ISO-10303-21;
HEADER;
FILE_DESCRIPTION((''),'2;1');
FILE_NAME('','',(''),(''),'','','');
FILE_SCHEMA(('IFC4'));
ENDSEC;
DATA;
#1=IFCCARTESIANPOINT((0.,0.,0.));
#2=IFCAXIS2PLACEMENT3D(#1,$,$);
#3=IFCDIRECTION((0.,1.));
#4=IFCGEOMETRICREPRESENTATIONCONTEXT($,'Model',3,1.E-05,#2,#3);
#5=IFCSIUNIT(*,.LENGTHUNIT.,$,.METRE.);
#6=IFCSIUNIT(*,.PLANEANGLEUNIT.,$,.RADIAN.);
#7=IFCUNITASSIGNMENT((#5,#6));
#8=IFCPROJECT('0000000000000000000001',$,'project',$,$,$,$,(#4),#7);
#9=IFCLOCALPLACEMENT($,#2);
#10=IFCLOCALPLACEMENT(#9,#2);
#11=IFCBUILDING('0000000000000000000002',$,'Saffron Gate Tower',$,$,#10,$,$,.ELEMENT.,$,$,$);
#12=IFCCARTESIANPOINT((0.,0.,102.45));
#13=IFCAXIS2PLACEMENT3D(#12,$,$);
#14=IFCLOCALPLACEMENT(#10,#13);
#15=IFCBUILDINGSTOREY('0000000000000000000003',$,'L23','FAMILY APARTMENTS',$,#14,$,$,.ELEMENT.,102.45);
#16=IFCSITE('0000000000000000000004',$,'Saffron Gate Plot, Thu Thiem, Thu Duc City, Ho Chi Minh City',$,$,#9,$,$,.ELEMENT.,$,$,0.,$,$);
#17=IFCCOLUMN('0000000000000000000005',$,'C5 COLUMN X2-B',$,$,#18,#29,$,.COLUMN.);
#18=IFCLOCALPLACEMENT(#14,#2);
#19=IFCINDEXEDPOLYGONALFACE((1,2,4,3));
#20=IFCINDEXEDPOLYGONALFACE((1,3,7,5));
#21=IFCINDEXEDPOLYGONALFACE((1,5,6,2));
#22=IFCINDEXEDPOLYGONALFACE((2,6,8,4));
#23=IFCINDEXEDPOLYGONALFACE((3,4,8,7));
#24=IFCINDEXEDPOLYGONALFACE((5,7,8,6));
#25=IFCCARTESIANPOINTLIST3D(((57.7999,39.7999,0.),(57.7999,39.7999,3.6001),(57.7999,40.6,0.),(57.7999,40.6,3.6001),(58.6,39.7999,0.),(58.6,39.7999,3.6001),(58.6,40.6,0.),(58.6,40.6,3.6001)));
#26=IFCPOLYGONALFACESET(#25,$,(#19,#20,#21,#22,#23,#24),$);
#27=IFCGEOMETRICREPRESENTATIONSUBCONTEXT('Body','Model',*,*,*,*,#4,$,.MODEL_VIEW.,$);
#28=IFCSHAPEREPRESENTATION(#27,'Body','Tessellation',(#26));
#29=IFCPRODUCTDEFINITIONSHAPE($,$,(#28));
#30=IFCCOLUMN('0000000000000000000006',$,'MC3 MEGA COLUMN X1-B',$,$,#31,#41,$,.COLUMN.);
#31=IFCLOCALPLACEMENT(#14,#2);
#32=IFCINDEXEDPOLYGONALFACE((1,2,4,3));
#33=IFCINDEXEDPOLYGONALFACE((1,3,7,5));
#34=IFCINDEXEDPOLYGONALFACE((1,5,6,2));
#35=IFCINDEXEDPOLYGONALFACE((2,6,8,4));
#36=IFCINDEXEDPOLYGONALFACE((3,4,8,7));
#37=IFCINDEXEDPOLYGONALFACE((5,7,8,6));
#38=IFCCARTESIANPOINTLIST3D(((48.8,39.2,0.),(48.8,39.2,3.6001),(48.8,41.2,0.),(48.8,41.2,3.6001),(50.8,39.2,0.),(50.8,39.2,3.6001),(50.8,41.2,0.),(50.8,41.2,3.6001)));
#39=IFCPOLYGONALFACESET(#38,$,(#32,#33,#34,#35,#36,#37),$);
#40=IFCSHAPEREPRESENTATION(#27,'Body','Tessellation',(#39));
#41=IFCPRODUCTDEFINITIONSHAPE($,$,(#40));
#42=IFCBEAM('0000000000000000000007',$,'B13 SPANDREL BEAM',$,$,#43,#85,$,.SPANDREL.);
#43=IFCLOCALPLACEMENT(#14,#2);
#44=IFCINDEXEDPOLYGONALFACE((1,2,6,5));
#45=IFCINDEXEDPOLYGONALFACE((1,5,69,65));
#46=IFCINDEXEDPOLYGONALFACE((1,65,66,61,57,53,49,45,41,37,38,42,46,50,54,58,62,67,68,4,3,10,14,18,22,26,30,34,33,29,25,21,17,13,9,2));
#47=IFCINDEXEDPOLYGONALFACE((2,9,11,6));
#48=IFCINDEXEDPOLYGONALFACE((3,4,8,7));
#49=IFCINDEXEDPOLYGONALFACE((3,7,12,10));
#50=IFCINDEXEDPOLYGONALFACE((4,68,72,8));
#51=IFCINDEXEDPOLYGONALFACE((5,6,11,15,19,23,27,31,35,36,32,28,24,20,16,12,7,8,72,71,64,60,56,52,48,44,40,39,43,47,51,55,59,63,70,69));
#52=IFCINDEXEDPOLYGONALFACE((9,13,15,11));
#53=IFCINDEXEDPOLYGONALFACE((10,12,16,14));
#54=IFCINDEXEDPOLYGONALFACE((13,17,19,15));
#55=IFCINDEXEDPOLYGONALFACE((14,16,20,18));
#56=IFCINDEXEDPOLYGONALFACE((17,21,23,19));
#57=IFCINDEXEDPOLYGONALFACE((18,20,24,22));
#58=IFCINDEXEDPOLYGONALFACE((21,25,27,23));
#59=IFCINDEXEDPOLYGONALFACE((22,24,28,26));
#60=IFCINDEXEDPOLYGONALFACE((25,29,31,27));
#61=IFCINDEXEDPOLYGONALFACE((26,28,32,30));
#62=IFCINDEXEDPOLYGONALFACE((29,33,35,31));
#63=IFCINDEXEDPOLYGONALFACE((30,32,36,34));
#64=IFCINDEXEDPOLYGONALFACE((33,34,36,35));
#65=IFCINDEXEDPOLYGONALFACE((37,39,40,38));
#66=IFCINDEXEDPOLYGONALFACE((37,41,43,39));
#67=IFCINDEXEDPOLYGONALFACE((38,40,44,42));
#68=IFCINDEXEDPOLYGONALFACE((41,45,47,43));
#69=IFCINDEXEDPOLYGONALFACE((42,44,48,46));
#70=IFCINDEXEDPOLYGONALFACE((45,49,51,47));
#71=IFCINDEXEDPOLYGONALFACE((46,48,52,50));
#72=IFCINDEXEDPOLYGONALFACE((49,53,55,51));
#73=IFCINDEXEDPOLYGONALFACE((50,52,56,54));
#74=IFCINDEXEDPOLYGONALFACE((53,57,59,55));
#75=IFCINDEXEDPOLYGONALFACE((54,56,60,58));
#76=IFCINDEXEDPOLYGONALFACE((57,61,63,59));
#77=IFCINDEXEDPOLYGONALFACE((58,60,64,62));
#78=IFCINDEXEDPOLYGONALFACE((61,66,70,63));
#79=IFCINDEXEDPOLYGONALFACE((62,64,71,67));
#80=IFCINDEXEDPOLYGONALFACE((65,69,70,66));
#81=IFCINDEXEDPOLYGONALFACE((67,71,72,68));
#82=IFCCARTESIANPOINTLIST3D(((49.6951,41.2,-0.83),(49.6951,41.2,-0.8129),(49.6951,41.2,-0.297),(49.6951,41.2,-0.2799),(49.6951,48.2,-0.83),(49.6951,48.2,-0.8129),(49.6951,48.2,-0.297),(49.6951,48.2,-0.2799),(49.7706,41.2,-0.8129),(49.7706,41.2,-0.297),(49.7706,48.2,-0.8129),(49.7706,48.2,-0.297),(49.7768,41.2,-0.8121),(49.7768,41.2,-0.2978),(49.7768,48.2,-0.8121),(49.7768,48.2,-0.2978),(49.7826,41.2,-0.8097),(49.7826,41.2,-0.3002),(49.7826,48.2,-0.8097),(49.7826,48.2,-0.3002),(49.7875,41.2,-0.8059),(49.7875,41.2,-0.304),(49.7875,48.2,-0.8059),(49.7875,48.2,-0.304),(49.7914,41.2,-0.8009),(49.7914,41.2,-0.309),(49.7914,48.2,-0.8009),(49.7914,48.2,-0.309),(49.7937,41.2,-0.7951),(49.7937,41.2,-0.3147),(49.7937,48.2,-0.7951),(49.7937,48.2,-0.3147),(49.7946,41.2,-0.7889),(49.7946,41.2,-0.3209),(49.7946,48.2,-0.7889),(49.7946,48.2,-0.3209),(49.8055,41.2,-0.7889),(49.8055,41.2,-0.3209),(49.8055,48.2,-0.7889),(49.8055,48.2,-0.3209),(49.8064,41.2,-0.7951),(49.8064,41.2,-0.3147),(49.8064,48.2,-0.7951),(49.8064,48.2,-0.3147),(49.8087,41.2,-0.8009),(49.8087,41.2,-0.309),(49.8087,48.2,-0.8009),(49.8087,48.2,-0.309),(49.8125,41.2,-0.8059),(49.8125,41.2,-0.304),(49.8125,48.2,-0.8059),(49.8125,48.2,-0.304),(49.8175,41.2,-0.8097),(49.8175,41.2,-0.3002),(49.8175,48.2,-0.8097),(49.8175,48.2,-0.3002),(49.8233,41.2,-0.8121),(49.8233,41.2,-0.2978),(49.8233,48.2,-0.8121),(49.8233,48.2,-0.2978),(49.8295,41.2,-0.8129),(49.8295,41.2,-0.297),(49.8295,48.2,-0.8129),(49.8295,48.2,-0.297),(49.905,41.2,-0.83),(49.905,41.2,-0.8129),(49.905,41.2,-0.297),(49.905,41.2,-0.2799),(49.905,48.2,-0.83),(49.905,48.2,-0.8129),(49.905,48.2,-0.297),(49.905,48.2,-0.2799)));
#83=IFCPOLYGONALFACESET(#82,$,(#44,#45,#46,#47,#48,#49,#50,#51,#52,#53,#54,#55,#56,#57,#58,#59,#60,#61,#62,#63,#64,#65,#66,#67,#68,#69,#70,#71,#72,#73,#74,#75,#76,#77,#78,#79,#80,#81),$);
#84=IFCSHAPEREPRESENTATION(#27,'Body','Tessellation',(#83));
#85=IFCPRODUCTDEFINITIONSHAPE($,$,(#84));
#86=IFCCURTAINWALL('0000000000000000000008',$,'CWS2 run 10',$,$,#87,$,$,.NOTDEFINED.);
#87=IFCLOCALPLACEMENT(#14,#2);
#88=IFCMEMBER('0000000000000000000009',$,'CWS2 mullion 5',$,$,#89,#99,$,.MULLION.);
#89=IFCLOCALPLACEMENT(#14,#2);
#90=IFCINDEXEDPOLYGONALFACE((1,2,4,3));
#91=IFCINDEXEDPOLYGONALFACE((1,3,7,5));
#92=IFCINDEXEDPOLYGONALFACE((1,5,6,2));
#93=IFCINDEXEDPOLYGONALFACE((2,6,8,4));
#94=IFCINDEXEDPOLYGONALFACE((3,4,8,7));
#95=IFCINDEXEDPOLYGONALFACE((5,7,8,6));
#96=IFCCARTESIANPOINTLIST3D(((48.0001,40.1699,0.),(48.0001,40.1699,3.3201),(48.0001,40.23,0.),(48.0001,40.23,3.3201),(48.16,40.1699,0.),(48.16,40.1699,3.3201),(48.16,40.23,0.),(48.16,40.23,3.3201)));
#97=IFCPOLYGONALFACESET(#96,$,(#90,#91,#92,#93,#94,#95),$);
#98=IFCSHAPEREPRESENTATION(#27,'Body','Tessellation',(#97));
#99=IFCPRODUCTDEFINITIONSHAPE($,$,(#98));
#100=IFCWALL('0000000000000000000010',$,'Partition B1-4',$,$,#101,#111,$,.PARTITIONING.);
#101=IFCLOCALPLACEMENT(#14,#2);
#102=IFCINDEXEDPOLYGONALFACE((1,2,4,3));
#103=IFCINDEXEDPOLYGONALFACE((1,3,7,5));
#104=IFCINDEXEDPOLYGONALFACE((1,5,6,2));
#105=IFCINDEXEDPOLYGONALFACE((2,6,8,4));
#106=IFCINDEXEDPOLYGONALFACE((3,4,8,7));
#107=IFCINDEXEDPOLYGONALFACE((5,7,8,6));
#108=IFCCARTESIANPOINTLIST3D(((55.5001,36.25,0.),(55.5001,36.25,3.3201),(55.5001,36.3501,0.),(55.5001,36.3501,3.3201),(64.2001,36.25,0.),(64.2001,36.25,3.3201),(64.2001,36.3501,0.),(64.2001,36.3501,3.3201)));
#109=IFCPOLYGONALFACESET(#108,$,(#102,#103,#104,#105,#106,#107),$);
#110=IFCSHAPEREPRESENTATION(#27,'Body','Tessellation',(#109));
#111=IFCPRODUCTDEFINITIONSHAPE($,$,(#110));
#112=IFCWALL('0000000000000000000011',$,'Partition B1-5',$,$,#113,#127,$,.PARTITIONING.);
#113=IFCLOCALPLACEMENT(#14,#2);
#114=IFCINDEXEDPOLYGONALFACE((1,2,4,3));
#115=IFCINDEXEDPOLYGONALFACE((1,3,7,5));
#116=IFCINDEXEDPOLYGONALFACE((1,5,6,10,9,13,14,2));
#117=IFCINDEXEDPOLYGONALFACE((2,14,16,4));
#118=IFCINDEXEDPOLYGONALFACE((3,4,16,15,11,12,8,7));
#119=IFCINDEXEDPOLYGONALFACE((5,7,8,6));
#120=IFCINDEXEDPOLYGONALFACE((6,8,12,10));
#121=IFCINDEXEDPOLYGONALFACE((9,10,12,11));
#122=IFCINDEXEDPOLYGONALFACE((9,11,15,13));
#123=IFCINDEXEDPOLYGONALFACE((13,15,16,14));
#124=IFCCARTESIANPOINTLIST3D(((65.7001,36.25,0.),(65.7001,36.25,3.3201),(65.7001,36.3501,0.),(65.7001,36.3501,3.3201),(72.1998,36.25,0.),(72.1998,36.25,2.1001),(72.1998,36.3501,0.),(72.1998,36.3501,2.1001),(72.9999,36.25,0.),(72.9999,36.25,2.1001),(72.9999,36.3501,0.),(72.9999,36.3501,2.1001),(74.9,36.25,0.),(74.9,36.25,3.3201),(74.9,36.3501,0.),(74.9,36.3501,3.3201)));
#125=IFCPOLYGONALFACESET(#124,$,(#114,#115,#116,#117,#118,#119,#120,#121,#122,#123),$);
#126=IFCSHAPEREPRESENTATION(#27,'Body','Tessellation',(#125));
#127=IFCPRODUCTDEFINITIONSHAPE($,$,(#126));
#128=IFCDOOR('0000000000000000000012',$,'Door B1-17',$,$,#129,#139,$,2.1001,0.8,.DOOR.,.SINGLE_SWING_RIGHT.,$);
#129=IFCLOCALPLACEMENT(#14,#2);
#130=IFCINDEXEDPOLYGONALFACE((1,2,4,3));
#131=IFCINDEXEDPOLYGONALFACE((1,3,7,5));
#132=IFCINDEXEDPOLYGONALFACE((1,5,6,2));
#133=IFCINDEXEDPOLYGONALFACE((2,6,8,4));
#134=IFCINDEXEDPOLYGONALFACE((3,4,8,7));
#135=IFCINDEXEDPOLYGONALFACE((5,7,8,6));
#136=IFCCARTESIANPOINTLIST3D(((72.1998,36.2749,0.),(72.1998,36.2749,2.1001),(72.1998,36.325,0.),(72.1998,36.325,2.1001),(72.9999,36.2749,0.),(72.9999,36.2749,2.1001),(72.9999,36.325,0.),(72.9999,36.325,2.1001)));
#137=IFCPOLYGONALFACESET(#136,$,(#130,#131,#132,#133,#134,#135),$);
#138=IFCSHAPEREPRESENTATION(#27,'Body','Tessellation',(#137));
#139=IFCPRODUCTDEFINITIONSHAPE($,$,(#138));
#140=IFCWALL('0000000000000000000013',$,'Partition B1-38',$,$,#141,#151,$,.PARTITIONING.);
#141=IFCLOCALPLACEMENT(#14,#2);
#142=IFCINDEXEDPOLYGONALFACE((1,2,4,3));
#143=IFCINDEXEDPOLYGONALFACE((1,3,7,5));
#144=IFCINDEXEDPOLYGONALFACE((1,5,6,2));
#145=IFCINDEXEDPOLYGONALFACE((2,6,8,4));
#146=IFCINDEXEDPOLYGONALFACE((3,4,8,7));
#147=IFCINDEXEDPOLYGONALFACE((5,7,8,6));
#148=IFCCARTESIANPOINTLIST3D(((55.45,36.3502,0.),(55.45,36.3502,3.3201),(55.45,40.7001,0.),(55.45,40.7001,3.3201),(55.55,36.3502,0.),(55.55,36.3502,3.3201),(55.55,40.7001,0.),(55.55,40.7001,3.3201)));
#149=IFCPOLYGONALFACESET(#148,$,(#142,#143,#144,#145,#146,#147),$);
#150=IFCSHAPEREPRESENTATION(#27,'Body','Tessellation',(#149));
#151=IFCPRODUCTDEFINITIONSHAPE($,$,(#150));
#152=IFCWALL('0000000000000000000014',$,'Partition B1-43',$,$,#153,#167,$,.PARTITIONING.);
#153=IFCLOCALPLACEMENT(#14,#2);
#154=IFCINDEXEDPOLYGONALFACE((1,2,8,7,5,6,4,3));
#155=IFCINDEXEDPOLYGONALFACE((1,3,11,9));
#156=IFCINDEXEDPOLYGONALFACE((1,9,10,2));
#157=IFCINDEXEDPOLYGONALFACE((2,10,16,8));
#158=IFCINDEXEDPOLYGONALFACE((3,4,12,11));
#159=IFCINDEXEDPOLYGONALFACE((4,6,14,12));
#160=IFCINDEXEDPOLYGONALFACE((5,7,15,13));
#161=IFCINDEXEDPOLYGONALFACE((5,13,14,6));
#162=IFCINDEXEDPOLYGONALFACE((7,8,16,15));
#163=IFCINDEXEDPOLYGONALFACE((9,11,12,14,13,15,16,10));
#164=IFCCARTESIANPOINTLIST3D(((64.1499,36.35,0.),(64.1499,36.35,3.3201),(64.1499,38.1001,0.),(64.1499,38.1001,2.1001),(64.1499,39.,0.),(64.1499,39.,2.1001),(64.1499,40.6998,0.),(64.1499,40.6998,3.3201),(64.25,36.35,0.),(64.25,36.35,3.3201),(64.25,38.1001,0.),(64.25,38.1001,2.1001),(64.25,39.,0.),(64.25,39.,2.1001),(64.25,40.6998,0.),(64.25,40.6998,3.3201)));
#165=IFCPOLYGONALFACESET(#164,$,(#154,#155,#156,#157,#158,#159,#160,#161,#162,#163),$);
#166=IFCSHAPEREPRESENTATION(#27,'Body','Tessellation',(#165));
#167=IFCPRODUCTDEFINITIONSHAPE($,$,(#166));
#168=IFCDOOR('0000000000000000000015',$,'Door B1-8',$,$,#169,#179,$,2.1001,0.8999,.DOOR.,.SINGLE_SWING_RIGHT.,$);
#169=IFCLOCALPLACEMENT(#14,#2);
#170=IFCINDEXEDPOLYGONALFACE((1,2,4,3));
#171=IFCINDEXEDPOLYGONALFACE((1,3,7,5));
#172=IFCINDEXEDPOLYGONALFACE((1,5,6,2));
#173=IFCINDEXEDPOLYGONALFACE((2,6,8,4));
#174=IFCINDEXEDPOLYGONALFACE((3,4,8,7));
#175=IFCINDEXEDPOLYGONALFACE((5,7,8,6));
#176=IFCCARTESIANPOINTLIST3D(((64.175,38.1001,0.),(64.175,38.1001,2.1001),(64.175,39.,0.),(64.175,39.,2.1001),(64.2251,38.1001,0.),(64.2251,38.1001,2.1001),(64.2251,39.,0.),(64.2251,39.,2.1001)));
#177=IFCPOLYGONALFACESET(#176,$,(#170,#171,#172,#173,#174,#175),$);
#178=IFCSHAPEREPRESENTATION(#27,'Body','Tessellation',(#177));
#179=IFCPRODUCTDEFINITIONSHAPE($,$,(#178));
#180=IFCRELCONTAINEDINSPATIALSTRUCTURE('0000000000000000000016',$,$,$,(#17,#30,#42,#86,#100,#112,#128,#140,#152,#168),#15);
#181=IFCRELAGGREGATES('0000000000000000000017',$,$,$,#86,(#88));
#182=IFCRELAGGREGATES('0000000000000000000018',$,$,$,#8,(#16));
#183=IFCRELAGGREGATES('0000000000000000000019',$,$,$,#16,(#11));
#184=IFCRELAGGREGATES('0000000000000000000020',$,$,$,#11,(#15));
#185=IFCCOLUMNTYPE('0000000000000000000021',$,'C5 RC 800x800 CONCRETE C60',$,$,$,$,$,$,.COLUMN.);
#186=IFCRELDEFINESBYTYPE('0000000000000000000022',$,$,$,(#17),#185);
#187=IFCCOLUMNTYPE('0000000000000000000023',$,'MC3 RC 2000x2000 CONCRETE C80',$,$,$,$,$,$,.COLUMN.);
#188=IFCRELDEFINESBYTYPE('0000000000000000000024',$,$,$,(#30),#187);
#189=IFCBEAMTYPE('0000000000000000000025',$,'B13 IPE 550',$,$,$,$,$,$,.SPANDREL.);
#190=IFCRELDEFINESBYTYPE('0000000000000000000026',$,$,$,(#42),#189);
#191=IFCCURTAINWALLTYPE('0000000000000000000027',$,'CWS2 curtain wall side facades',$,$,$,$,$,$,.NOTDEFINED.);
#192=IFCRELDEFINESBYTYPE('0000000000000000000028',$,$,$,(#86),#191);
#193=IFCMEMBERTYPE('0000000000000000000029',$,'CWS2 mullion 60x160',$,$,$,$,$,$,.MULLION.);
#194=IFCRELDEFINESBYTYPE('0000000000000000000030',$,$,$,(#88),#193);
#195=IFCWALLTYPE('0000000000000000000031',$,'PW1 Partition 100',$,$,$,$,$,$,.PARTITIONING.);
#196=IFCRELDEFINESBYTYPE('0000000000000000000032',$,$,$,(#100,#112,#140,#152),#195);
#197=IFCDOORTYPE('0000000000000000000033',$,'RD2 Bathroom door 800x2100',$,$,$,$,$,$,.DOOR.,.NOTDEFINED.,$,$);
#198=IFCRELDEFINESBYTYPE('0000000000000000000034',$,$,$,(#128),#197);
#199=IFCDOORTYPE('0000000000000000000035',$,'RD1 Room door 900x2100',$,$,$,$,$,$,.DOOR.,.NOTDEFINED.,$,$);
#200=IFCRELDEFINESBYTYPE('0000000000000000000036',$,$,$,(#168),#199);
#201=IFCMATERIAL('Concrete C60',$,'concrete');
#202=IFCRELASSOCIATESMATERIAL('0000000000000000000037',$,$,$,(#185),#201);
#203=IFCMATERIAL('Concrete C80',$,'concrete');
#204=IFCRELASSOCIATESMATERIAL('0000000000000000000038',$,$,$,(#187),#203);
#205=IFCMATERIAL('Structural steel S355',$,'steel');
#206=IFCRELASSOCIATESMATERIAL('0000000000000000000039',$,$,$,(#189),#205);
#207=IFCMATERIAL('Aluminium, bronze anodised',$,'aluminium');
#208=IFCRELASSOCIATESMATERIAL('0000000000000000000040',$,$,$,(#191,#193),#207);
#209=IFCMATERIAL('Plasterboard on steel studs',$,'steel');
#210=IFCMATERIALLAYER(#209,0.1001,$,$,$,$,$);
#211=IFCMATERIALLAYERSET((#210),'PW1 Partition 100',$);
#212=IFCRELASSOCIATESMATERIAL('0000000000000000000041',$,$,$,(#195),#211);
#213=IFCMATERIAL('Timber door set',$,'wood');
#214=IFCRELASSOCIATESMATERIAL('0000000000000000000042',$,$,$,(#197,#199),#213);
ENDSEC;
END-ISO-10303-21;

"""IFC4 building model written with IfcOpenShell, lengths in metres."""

from ifc_helpers import new_model, si_unit, direction, frame, frame_2d, origin, origin_2d, place, context, subcontext, project, spatial, rectangle, i_section, extrude, material, layer, layer_set, material_profile, profile_set, type_object, element, fill, aggregate, save


model = new_model("IFC4")

# Units and contexts
model_context = context("Model", 3, precision=1e-05, world=origin(), true_north=direction((0.0, 1.0)))
body_context = subcontext(model_context, "Body", "Model", "MODEL_VIEW")
ifc_project = project(units=[si_unit("LENGTHUNIT", "METRE"), si_unit("PLANEANGLEUNIT", "RADIAN")], contexts=[model_context])

# Site, building, storey
site_placement = place(None, origin())
site = spatial("IfcSite", under=ifc_project, at=site_placement, Name="Saffron Gate Plot, Thu Thiem, Thu Duc City, Ho Chi Minh City", CompositionType="ELEMENT", RefElevation=0.0)
building_placement = place(site_placement, origin())
building = spatial("IfcBuilding", under=site, at=building_placement, Name="Saffron Gate Tower", CompositionType="ELEMENT")
storey_placement = place(building_placement, frame((0.0, 0.0, 102.45)))
storey = spatial("IfcBuildingStorey", under=building, at=storey_placement, Name="L23", Description="FAMILY APARTMENTS", CompositionType="ELEMENT", Elevation=102.45)

# Columns
ifc_material_1 = material(Name="Concrete C60", Category="concrete")
ifc_material_profile_1 = material_profile(ifc_material_1, rectangle(XDim=0.8, YDim=0.8, at=origin_2d()))
ifc_profile_set_1 = profile_set([ifc_material_profile_1], Name="Concrete C60")
column_type_1 = type_object("IfcColumnType", Name="C5 RC 800x800 CONCRETE C60", PredefinedType="COLUMN", material=ifc_profile_set_1)
column_1_placement = place(storey_placement, frame((58.2, 40.2, 0.0), z_axis=(0.0, 0.0, 1.0), x_axis=(1.0, 0.0, 0.0)))
element("IfcColumn", 1, at=column_1_placement, inside=storey, type_object=column_type_1, Name="C5 COLUMN X2-B", PredefinedType="COLUMN", context=body_context, shape_type="SweptSolid", body=[
    extrude(rectangle(XDim=0.8, YDim=0.8, at=origin_2d()), origin(), (0.0, 0.0, 1.0), 3.6001),
])
ifc_material_2 = material(Name="Concrete C80", Category="concrete")
ifc_material_profile_2 = material_profile(ifc_material_2, rectangle(XDim=2.0, YDim=2.0, at=origin_2d()))
ifc_profile_set_2 = profile_set([ifc_material_profile_2], Name="Concrete C80")
column_type_2 = type_object("IfcColumnType", Name="MC3 RC 2000x2000 CONCRETE C80", PredefinedType="COLUMN", material=ifc_profile_set_2)
column_2_placement = place(storey_placement, frame((49.8, 40.2, 0.0), z_axis=(0.0, 0.0, 1.0), x_axis=(1.0, 0.0, 0.0)))
element("IfcColumn", 2, at=column_2_placement, inside=storey, type_object=column_type_2, Name="MC3 MEGA COLUMN X1-B", PredefinedType="COLUMN", context=body_context, shape_type="SweptSolid", body=[
    extrude(rectangle(XDim=2.0, YDim=2.0, at=origin_2d()), origin(), (0.0, 0.0, 1.0), 3.6001),
])

# Beam
ifc_material_3 = material(Name="Structural steel S355", Category="steel")
ifc_material_profile_3 = material_profile(ifc_material_3, i_section(OverallWidth=0.21, OverallDepth=0.55, WebThickness=0.011, FlangeThickness=0.0171, FilletRadius=0.0239, at=origin_2d()))
ifc_profile_set_3 = profile_set([ifc_material_profile_3], Name="Structural steel S355")
beam_type = type_object("IfcBeamType", Name="B13 IPE 550", PredefinedType="SPANDREL", material=ifc_profile_set_3)
beam_placement = place(storey_placement, frame((49.8, 41.2, -0.5549), z_axis=(0.0, 1.0, 0.0), x_axis=(-1.0, 0.0, 0.0)))
element("IfcBeam", 3, at=beam_placement, inside=storey, type_object=beam_type, Name="B13 SPANDREL BEAM", PredefinedType="SPANDREL", context=body_context, shape_type="SweptSolid", body=[
    extrude(i_section(OverallWidth=0.21, OverallDepth=0.55, WebThickness=0.011, FlangeThickness=0.0171, FilletRadius=0.0239, at=origin_2d()), origin(), (0.0, 0.0, 1.0), 7.0),
])

# Curtain wall, member
ifc_material_4 = material(Name="Aluminium, bronze anodised", Category="aluminium")
curtain_wall_type = type_object("IfcCurtainWallType", Name="CWS2 curtain wall side facades", PredefinedType="NOTDEFINED", material=ifc_material_4)
curtain_wall_placement = place(storey_placement, origin())
curtain_wall = element("IfcCurtainWall", 4, at=curtain_wall_placement, inside=storey, type_object=curtain_wall_type, Name="CWS2 run 10", PredefinedType="NOTDEFINED")
ifc_material_profile_4 = material_profile(ifc_material_4, rectangle(XDim=0.1599, YDim=0.0601, at=origin_2d()))
ifc_profile_set_4 = profile_set([ifc_material_profile_4], Name="Aluminium, bronze anodised")
member_type = type_object("IfcMemberType", Name="CWS2 mullion 60x160", PredefinedType="MULLION", material=ifc_profile_set_4)
member_placement = place(storey_placement, frame((48.0801, 40.2, 0.0), z_axis=(0.0, 0.0, 1.0), x_axis=(1.0, 0.0, 0.0)))
member = element("IfcMember", 5, at=member_placement, type_object=member_type, Name="CWS2 mullion 5", PredefinedType="MULLION", context=body_context, shape_type="SweptSolid", body=[
    extrude(rectangle(XDim=0.1599, YDim=0.0601, at=origin_2d()), origin(), (0.0, 0.0, 1.0), 3.3201),
])
aggregate(curtain_wall, [member])

# Wall
ifc_material_5 = material(Name="Plasterboard on steel studs", Category="steel")
ifc_layer_1 = layer(ifc_material_5, 0.1001)
ifc_layer_set_1 = layer_set([ifc_layer_1], Name="PW1 Partition 100")
wall_type_1 = type_object("IfcWallType", Name="PW1 Partition 100", PredefinedType="PARTITIONING", material=ifc_layer_set_1)
wall_1_placement = place(storey_placement, frame((55.5, 36.3, 0.0), z_axis=(0.0, 0.0, 1.0), x_axis=(1.0, 0.0, 0.0)))
element("IfcWall", 6, at=wall_1_placement, inside=storey, type_object=wall_type_1, Name="Partition B1-4", PredefinedType="PARTITIONING", context=body_context, shape_type="SweptSolid", body=[
    extrude(rectangle(XDim=8.7, YDim=0.1001, at=frame_2d((4.3501, 0.0))), origin(), (0.0, 0.0, 1.0), 3.3201),
])

# Wall, opening, door
wall_2_placement = place(storey_placement, frame((65.7, 36.3, 0.0), z_axis=(0.0, 0.0, 1.0), x_axis=(1.0, 0.0, 0.0)))
wall_2 = element("IfcWall", 7, at=wall_2_placement, inside=storey, type_object=wall_type_1, Name="Partition B1-5", PredefinedType="PARTITIONING", context=body_context, shape_type="SweptSolid", body=[
    extrude(rectangle(XDim=9.2, YDim=0.1001, at=frame_2d((4.6001, 0.0))), origin(), (0.0, 0.0, 1.0), 3.3201),
])
opening_1_placement = place(wall_2_placement, frame((6.5, 0.0, 0.0)))
opening_1 = element("IfcOpeningElement", 8, at=opening_1_placement, cuts=wall_2, PredefinedType="OPENING", context=body_context, shape_type="SweptSolid", body=[
    extrude(rectangle(XDim=0.8, YDim=2.1001, at=frame_2d((0.3999, 1.05))), frame((0.0, 0.0601, 0.0), z_axis=(0.0, -1.0, 0.0), x_axis=(1.0, 0.0, 0.0)), (0.0, 0.0, 1.0), 0.1201),
])
ifc_material_6 = material(Name="Timber door set", Category="wood")
door_type_1 = type_object("IfcDoorType", Name="RD2 Bathroom door 800x2100", OperationType="NOTDEFINED", PredefinedType="DOOR", material=ifc_material_6)
door_1_placement = place(opening_1_placement, origin())
door_1 = element("IfcDoor", 9, at=door_1_placement, inside=storey, type_object=door_type_1, Name="Door B1-17", OperationType="SINGLE_SWING_RIGHT", OverallHeight=2.1001, OverallWidth=0.8, PredefinedType="DOOR", context=body_context, shape_type="SweptSolid", body=[
    extrude(rectangle(XDim=0.8, YDim=2.1001, at=frame_2d((0.3999, 1.05))), frame((0.0, 0.0249, 0.0), z_axis=(0.0, -1.0, 0.0), x_axis=(1.0, 0.0, 0.0)), (0.0, 0.0, 1.0), 0.05),
])
fill(opening_1, door_1)

# Wall
wall_3_placement = place(storey_placement, frame((55.5, 40.7, 0.0), z_axis=(0.0, 0.0, 1.0), x_axis=(0.0, -1.0, 0.0)))
element("IfcWall", 10, at=wall_3_placement, inside=storey, type_object=wall_type_1, Name="Partition B1-38", PredefinedType="PARTITIONING", context=body_context, shape_type="SweptSolid", body=[
    extrude(rectangle(XDim=4.3499, YDim=0.1001, at=frame_2d((2.1748, 0.0))), origin(), (0.0, 0.0, 1.0), 3.3201),
])

# Wall, opening, door
wall_4_placement = place(storey_placement, frame((64.2, 36.3501, 0.0), z_axis=(0.0, 0.0, 1.0), x_axis=(0.0, 1.0, 0.0)))
wall_4 = element("IfcWall", 11, at=wall_4_placement, inside=storey, type_object=wall_type_1, Name="Partition B1-43", PredefinedType="PARTITIONING", context=body_context, shape_type="SweptSolid", body=[
    extrude(rectangle(XDim=4.3499, YDim=0.1001, at=frame_2d((2.1748, 0.0))), origin(), (0.0, 0.0, 1.0), 3.3201),
])
opening_2_placement = place(wall_4_placement, frame((1.75, 0.0, 0.0)))
opening_2 = element("IfcOpeningElement", 12, at=opening_2_placement, cuts=wall_4, PredefinedType="OPENING", context=body_context, shape_type="SweptSolid", body=[
    extrude(rectangle(XDim=0.8999, YDim=2.1001, at=frame_2d((0.45, 1.05))), frame((0.0, 0.0601, 0.0), z_axis=(0.0, -1.0, 0.0), x_axis=(1.0, 0.0, 0.0)), (0.0, 0.0, 1.0), 0.1201),
])
door_type_2 = type_object("IfcDoorType", Name="RD1 Room door 900x2100", OperationType="NOTDEFINED", PredefinedType="DOOR", material=ifc_material_6)
door_2_placement = place(opening_2_placement, origin())
door_2 = element("IfcDoor", 13, at=door_2_placement, inside=storey, type_object=door_type_2, Name="Door B1-8", OperationType="SINGLE_SWING_RIGHT", OverallHeight=2.1001, OverallWidth=0.8999, PredefinedType="DOOR", context=body_context, shape_type="SweptSolid", body=[
    extrude(rectangle(XDim=0.8999, YDim=2.1001, at=frame_2d((0.45, 1.05))), frame((0.0, 0.0249, 0.0), z_axis=(0.0, -1.0, 0.0), x_axis=(1.0, 0.0, 0.0)), (0.0, 0.0, 1.0), 0.05),
])
fill(opening_2, door_2)

save(model, "model.ifc")
